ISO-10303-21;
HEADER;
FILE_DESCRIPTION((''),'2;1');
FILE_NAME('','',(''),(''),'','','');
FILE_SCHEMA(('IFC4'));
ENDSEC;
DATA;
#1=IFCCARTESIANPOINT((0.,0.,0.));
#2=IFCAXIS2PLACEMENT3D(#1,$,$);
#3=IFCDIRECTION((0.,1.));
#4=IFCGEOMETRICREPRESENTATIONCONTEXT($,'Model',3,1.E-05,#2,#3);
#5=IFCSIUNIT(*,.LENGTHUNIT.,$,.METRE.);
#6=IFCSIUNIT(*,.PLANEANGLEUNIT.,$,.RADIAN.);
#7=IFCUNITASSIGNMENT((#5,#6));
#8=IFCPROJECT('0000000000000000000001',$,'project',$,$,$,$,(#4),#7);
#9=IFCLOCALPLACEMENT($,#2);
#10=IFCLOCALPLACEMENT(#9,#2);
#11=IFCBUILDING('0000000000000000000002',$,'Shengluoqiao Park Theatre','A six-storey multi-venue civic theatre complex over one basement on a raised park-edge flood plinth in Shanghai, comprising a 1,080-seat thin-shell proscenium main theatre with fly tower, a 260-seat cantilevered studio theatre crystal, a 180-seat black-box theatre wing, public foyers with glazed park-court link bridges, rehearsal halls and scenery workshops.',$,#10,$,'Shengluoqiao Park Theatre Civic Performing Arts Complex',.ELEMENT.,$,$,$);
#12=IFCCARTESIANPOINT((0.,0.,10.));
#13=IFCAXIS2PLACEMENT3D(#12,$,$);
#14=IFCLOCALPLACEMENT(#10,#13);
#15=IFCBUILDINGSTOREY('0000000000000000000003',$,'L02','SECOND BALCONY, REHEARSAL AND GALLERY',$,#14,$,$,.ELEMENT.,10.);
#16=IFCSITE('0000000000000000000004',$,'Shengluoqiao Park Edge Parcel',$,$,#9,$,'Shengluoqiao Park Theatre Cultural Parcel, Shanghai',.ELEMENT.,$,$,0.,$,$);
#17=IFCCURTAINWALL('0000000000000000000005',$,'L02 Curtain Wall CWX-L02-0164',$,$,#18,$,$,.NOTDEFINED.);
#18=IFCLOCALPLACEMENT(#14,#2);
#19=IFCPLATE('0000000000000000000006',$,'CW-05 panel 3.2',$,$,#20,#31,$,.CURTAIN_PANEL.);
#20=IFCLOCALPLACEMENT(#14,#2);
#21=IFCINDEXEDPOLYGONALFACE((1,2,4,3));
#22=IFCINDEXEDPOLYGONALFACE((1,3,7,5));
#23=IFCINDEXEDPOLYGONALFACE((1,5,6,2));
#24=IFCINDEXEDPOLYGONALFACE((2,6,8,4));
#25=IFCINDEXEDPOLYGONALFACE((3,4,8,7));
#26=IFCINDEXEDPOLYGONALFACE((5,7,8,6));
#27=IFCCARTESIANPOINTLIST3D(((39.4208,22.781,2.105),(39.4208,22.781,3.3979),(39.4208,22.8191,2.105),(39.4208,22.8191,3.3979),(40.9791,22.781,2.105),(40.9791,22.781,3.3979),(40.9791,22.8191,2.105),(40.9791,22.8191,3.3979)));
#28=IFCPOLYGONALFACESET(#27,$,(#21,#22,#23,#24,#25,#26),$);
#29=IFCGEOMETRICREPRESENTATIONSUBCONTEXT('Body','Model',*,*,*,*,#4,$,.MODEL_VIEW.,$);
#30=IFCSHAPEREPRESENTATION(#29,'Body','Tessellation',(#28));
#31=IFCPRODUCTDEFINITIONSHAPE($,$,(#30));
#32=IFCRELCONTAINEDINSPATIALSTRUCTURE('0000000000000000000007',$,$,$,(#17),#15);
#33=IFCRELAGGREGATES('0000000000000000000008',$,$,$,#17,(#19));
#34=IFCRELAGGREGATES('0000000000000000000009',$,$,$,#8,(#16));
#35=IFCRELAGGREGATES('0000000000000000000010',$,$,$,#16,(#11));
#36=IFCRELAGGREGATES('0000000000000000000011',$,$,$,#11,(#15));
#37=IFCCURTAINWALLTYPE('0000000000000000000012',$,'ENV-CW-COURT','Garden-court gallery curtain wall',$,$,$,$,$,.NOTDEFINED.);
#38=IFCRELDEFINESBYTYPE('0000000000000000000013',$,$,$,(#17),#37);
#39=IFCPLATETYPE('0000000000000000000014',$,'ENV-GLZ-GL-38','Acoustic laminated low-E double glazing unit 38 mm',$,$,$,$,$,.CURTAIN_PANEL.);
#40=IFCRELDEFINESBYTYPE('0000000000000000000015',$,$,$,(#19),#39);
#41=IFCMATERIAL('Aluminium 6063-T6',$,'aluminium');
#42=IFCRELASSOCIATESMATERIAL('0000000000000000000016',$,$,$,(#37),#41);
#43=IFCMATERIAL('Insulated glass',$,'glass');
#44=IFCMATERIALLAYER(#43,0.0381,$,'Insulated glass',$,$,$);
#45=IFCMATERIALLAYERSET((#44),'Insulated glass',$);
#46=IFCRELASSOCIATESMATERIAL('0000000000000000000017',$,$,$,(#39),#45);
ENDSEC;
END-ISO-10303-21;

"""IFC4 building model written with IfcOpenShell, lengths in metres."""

from ifc_helpers import new_model, si_unit, direction, frame, origin, origin_2d, place, context, subcontext, project, spatial, rectangle, extrude, material, layer, layer_set, type_object, element, aggregate, save


model = new_model("IFC4")

# Units and contexts
model_context = context("Model", 3, precision=1e-05, world=origin(), true_north=direction((0.0, 1.0)))
body_context = subcontext(model_context, "Body", "Model", "MODEL_VIEW")
ifc_project = project(units=[si_unit("LENGTHUNIT", "METRE"), si_unit("PLANEANGLEUNIT", "RADIAN")], contexts=[model_context])

# Site, building, storey
site_placement = place(None, origin())
site = spatial("IfcSite", under=ifc_project, at=site_placement, Name="Shengluoqiao Park Edge Parcel", LongName="Shengluoqiao Park Theatre Cultural Parcel, Shanghai", CompositionType="ELEMENT", RefElevation=0.0)
building_placement = place(site_placement, origin())
building = spatial("IfcBuilding", under=site, at=building_placement, Name="Shengluoqiao Park Theatre", Description="A six-storey multi-venue civic theatre complex over one basement on a raised park-edge flood plinth in Shanghai, comprising a 1,080-seat thin-shell proscenium main theatre with fly tower, a 260-seat cantilevered studio theatre crystal, a 180-seat black-box theatre wing, public foyers with glazed park-court link bridges, rehearsal halls and scenery workshops.", LongName="Shengluoqiao Park Theatre Civic Performing Arts Complex", CompositionType="ELEMENT")
storey_placement = place(building_placement, frame((0.0, 0.0, 10.0)))
storey = spatial("IfcBuildingStorey", under=building, at=storey_placement, Name="L02", Description="SECOND BALCONY, REHEARSAL AND GALLERY", CompositionType="ELEMENT", Elevation=10.0)

# Curtain wall
ifc_material_1 = material(Name="Aluminium 6063-T6", Category="aluminium")
curtain_wall_type = type_object("IfcCurtainWallType", Name="ENV-CW-COURT", Description="Garden-court gallery curtain wall", PredefinedType="NOTDEFINED", material=ifc_material_1)
curtain_wall_placement = place(storey_placement, origin())
curtain_wall = element("IfcCurtainWall", 1, at=curtain_wall_placement, inside=storey, type_object=curtain_wall_type, Name="L02 Curtain Wall CWX-L02-0164", PredefinedType="NOTDEFINED")

# Plate
ifc_material_2 = material(Name="Insulated glass", Category="glass")
ifc_layer = layer(ifc_material_2, 0.0381, Name="Insulated glass")
ifc_layer_set = layer_set([ifc_layer], Name="Insulated glass")
plate_type = type_object("IfcPlateType", Name="ENV-GLZ-GL-38", Description="Acoustic laminated low-E double glazing unit 38 mm", PredefinedType="CURTAIN_PANEL", material=ifc_layer_set)
plate_1_placement = place(storey_placement, frame((40.2, 22.8, 2.105), z_axis=(0.0, 0.0, 1.0), x_axis=(1.0, 0.0, 0.0)))
plate_1 = element("IfcPlate", 2, at=plate_1_placement, type_object=plate_type, Name="CW-05 panel 3.2", PredefinedType="CURTAIN_PANEL", context=body_context, shape_type="SweptSolid", body=[
    extrude(rectangle(XDim=1.5583, YDim=0.0381, at=origin_2d()), origin(), (0.0, 0.0, 1.0), 1.293),
])
aggregate(curtain_wall, [plate_1])

save(model, "model.ifc")
